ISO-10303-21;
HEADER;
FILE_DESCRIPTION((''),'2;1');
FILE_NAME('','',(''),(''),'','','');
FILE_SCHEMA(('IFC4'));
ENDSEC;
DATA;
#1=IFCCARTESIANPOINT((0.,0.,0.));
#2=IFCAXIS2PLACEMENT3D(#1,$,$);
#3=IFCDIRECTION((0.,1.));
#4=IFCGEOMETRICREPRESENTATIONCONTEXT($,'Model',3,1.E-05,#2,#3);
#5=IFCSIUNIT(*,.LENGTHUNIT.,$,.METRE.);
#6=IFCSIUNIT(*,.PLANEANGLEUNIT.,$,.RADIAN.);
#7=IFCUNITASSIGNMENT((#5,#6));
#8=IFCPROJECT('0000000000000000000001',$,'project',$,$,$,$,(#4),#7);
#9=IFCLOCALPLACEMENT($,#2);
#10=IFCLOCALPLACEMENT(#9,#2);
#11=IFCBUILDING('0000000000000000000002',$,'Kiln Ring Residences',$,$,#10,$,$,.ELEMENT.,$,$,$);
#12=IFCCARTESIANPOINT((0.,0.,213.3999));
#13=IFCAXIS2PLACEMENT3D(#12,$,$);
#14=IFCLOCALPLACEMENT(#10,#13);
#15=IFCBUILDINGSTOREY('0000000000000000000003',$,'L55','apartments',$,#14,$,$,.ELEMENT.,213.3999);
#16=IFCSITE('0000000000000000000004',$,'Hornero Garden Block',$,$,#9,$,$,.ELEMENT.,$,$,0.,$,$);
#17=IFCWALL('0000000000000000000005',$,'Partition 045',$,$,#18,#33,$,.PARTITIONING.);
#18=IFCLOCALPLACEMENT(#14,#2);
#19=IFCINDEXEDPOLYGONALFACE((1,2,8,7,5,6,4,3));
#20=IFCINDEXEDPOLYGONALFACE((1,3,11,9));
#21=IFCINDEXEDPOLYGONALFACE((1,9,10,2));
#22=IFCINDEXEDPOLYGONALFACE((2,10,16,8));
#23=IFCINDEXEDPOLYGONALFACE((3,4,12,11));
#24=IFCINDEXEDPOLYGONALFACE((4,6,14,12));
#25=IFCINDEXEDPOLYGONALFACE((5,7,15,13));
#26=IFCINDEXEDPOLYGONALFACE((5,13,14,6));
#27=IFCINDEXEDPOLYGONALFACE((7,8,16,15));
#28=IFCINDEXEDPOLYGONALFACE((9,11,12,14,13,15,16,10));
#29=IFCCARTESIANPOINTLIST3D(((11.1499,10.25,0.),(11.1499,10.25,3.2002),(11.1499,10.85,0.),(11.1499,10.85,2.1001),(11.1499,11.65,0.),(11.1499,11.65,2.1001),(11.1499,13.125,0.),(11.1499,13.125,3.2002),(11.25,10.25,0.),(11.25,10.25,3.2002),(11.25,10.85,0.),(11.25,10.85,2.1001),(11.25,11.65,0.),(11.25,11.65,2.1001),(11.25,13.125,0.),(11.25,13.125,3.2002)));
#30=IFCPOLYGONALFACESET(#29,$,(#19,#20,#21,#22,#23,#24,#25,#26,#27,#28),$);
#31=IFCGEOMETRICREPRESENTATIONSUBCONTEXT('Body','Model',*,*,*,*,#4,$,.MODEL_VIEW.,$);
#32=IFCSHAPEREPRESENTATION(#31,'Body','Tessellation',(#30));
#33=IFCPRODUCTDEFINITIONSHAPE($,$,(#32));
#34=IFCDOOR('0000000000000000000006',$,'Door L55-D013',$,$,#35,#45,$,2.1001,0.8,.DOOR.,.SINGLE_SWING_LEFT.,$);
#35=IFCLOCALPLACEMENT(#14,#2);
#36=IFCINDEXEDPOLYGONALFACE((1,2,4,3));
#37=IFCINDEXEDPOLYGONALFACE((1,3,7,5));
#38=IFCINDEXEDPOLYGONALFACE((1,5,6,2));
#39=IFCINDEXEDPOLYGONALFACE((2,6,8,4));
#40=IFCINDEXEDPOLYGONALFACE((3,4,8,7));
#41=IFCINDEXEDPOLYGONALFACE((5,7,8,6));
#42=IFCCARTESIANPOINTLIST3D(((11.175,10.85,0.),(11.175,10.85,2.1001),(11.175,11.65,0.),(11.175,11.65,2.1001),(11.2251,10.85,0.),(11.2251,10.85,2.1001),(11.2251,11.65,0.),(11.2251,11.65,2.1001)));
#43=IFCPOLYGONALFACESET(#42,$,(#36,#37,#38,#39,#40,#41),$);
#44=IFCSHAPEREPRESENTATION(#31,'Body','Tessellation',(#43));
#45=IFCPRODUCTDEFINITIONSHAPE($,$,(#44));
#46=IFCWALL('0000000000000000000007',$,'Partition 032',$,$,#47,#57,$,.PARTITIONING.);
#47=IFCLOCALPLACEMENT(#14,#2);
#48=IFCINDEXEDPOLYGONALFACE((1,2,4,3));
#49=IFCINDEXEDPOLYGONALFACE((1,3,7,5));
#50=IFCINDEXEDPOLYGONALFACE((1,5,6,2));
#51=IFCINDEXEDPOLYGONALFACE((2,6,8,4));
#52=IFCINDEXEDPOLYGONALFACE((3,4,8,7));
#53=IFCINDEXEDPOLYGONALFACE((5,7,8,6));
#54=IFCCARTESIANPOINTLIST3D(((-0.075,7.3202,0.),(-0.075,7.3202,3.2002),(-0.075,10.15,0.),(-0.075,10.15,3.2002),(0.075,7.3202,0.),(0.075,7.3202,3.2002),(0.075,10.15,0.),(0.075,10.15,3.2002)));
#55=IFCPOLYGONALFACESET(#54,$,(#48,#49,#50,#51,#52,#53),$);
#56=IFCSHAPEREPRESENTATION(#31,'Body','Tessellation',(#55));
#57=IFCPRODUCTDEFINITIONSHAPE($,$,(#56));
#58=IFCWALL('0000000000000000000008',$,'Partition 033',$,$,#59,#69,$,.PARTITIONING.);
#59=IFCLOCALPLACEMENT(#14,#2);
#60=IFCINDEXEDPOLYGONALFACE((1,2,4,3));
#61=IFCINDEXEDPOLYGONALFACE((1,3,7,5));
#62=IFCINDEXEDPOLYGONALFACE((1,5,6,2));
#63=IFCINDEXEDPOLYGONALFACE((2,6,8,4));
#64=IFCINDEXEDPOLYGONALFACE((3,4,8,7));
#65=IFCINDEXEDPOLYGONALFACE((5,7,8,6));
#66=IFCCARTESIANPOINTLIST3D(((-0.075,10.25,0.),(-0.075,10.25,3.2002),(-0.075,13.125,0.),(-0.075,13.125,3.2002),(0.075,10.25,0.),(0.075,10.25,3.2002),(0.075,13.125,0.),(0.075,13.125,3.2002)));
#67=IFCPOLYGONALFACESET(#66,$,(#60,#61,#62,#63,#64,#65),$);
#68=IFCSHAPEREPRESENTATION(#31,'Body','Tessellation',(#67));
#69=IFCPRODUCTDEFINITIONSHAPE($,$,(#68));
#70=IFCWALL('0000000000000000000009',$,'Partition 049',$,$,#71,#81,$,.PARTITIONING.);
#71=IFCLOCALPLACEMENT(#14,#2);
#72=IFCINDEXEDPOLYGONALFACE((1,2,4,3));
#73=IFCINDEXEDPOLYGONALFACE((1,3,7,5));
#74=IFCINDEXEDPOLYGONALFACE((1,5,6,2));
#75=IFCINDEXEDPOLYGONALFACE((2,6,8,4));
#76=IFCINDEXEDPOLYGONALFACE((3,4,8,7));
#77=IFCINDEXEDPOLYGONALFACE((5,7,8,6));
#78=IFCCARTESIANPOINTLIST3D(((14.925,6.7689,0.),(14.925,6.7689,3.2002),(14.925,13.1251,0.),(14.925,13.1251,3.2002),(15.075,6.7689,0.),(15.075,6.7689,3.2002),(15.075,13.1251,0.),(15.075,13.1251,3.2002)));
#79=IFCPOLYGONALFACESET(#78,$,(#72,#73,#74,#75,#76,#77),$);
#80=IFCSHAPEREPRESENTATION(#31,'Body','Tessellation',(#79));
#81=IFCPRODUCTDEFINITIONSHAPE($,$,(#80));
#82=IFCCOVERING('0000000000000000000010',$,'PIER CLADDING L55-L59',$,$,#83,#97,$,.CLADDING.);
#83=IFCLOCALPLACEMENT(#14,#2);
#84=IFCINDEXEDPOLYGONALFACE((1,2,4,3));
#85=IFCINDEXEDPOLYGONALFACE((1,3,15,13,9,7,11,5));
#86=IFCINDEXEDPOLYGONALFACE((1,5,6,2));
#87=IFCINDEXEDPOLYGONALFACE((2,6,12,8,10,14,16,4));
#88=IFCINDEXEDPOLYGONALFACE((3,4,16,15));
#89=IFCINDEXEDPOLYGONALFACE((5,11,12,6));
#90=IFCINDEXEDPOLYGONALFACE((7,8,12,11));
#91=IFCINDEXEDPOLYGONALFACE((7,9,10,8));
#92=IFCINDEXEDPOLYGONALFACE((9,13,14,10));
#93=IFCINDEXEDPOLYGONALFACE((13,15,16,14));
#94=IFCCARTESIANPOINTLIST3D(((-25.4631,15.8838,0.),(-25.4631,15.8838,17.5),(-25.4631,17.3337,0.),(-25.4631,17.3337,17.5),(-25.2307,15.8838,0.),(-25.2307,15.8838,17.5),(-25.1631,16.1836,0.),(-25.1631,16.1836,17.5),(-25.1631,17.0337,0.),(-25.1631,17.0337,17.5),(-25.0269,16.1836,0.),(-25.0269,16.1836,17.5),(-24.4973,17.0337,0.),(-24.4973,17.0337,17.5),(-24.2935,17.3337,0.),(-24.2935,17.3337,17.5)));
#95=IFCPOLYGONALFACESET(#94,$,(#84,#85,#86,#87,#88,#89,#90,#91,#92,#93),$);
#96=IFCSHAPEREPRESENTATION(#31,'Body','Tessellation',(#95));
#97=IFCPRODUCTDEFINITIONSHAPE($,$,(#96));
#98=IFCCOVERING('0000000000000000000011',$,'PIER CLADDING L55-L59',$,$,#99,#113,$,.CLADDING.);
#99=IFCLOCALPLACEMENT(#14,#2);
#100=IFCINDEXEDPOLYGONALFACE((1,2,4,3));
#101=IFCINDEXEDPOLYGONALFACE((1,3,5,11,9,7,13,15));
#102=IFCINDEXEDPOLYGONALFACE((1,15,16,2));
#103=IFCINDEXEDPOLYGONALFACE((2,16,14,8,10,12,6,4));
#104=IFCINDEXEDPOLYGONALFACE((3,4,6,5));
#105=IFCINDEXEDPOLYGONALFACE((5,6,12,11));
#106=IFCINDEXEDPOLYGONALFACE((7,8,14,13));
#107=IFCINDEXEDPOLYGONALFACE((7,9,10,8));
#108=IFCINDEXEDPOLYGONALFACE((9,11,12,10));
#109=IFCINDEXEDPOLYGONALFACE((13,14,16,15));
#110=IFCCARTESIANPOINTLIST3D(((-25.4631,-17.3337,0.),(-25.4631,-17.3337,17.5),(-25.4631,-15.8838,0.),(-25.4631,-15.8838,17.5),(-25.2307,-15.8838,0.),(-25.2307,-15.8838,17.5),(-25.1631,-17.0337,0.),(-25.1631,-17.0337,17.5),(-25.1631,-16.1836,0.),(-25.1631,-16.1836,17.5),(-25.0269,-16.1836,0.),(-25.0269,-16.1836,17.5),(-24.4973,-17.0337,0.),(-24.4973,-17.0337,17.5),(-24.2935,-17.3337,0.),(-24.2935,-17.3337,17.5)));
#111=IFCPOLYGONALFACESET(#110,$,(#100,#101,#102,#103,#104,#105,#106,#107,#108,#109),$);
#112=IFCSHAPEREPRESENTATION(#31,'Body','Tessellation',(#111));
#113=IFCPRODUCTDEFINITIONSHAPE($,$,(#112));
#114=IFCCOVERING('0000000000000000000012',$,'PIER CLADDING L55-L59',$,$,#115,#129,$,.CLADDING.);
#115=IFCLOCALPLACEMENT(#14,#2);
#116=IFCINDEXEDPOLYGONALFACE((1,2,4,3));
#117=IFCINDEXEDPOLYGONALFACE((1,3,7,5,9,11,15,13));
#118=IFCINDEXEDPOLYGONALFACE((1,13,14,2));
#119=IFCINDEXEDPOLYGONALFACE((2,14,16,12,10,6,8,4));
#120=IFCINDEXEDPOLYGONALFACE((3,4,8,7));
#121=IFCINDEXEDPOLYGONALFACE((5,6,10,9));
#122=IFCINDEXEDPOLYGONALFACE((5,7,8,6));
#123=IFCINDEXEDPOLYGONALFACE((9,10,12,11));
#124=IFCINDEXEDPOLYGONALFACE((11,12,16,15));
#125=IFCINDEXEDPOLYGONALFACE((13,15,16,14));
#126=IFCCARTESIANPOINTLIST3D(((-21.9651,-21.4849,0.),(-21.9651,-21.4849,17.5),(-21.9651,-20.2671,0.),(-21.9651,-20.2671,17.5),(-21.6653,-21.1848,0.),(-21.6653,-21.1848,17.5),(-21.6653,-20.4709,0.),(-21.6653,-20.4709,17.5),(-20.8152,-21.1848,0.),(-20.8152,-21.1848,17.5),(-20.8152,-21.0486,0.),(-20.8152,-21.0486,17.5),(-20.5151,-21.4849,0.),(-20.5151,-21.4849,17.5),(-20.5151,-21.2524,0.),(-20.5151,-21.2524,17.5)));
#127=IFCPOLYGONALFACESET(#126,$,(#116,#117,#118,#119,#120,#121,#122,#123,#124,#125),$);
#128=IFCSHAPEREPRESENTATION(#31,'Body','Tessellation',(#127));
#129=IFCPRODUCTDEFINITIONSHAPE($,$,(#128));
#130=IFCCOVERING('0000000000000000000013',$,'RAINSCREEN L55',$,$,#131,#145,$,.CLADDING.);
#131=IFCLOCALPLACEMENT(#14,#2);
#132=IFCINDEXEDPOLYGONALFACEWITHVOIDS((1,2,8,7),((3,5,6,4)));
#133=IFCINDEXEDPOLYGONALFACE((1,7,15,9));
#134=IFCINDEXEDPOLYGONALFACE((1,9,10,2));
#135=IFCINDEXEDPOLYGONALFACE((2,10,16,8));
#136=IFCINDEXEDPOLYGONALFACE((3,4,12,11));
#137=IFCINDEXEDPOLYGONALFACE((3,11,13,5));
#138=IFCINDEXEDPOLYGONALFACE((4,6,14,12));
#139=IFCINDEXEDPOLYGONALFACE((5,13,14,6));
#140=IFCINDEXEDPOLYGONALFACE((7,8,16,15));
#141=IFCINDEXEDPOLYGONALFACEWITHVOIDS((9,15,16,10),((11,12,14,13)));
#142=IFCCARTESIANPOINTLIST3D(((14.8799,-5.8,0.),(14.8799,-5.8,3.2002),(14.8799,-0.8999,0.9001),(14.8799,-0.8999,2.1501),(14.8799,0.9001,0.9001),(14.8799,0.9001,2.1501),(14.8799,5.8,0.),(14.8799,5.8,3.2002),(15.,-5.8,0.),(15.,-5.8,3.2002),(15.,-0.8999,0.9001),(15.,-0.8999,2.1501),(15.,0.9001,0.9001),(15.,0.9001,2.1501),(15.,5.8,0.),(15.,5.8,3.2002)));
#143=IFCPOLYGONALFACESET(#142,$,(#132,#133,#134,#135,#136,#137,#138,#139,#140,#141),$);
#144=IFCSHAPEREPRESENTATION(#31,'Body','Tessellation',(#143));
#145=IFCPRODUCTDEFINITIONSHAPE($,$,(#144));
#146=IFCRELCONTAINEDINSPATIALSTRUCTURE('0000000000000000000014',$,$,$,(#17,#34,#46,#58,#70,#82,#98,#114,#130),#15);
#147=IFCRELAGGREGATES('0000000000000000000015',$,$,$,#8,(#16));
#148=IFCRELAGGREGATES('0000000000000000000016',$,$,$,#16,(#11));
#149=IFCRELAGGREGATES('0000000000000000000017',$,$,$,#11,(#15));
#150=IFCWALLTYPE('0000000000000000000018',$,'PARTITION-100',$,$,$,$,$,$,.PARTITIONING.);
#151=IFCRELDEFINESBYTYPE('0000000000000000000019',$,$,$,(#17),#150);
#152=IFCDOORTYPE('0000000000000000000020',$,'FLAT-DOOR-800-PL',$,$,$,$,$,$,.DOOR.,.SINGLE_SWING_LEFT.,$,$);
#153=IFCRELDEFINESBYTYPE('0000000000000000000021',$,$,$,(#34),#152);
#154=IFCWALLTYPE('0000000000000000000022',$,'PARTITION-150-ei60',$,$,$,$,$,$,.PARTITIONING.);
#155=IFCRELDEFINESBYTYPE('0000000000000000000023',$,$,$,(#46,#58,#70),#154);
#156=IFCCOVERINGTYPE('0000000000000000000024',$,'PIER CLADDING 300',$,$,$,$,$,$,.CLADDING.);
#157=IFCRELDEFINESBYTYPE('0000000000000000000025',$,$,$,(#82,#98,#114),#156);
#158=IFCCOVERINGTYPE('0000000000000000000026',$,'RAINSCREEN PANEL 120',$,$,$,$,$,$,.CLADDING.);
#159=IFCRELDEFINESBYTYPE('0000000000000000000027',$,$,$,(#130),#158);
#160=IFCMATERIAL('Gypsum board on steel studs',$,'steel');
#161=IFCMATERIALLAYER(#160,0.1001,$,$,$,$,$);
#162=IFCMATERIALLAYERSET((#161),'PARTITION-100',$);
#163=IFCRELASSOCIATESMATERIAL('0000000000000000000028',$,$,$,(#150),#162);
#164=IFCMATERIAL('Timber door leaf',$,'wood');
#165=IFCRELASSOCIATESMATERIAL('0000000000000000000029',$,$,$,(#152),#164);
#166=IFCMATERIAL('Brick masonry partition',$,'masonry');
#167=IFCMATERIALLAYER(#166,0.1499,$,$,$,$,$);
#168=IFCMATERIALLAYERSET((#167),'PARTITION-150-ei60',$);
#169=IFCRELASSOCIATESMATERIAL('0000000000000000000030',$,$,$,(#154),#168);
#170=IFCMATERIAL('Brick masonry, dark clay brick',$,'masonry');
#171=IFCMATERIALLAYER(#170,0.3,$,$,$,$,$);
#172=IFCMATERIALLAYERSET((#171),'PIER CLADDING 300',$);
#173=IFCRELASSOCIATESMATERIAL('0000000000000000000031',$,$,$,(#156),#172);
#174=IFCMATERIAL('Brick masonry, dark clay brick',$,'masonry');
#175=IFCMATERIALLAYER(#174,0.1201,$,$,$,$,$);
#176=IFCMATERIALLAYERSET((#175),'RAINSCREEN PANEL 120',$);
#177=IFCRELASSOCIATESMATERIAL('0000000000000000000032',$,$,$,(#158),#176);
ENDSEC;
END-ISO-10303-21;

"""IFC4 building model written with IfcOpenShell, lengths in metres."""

from ifc_helpers import new_model, si_unit, direction, frame, frame_2d, origin, place, context, subcontext, project, spatial, polyline, rectangle, outline, extrude, material, layer, layer_set, type_object, element, fill, save


model = new_model("IFC4")

# Units and contexts
model_context = context("Model", 3, precision=1e-05, world=origin(), true_north=direction((0.0, 1.0)))
body_context = subcontext(model_context, "Body", "Model", "MODEL_VIEW")
ifc_project = project(units=[si_unit("LENGTHUNIT", "METRE"), si_unit("PLANEANGLEUNIT", "RADIAN")], contexts=[model_context])

# Site, building, storey
site_placement = place(None, origin())
site = spatial("IfcSite", under=ifc_project, at=site_placement, Name="Hornero Garden Block", CompositionType="ELEMENT", RefElevation=0.0)
building_placement = place(site_placement, origin())
building = spatial("IfcBuilding", under=site, at=building_placement, Name="Kiln Ring Residences", CompositionType="ELEMENT")
storey_placement = place(building_placement, frame((0.0, 0.0, 213.3999)))
storey = spatial("IfcBuildingStorey", under=building, at=storey_placement, Name="L55", Description="apartments", CompositionType="ELEMENT", Elevation=213.3999)

# Shared definitions
ifc_material_1 = material(Name="Gypsum board on steel studs", Category="steel")
ifc_layer_1 = layer(ifc_material_1, 0.1001)
ifc_layer_set_1 = layer_set([ifc_layer_1], Name="PARTITION-100")
wall_type_1 = type_object("IfcWallType", Name="PARTITION-100", PredefinedType="PARTITIONING", material=ifc_layer_set_1)

# Wall, opening, door
wall_1_placement = place(storey_placement, frame((11.2, 10.25, 0.0), z_axis=(0.0, 0.0, 1.0), x_axis=(0.0, 1.0, 0.0)))
wall_1 = element("IfcWall", 1, at=wall_1_placement, inside=storey, type_object=wall_type_1, Name="Partition 045", PredefinedType="PARTITIONING", context=body_context, shape_type="SweptSolid", body=[
    extrude(rectangle(XDim=2.875, YDim=0.1001, at=frame_2d((1.4375, 0.0))), origin(), (0.0, 0.0, 1.0), 3.2002),
])
opening_1_placement = place(wall_1_placement, frame((0.6001, 0.0, 0.0)))
opening_1 = element("IfcOpeningElement", 2, at=opening_1_placement, cuts=wall_1, PredefinedType="OPENING", context=body_context, shape_type="SweptSolid", body=[
    extrude(rectangle(XDim=0.8, YDim=2.1001, at=frame_2d((0.3999, 1.05))), frame((0.0, 0.0601, 0.0), z_axis=(0.0, -1.0, 0.0), x_axis=(1.0, 0.0, 0.0)), (0.0, 0.0, 1.0), 0.1201),
])
ifc_material_2 = material(Name="Timber door leaf", Category="wood")
door_type_1 = type_object("IfcDoorType", Name="FLAT-DOOR-800-PL", OperationType="SINGLE_SWING_LEFT", PredefinedType="DOOR", material=ifc_material_2)
door_1_placement = place(opening_1_placement, origin())
door_1 = element("IfcDoor", 3, at=door_1_placement, inside=storey, type_object=door_type_1, Name="Door L55-D013", OperationType="SINGLE_SWING_LEFT", OverallHeight=2.1001, OverallWidth=0.8, PredefinedType="DOOR", context=body_context, shape_type="SweptSolid", body=[
    extrude(rectangle(XDim=0.8, YDim=2.1001, at=frame_2d((0.3999, 1.05))), frame((0.0, 0.0249, 0.0), z_axis=(0.0, -1.0, 0.0), x_axis=(1.0, 0.0, 0.0)), (0.0, 0.0, 1.0), 0.05),
])
fill(opening_1, door_1)

# Walls
ifc_material_3 = material(Name="Brick masonry partition", Category="masonry")
ifc_layer_2 = layer(ifc_material_3, 0.1499)
ifc_layer_set_2 = layer_set([ifc_layer_2], Name="PARTITION-150-ei60")
wall_type_2 = type_object("IfcWallType", Name="PARTITION-150-ei60", PredefinedType="PARTITIONING", material=ifc_layer_set_2)
wall_2_placement = place(storey_placement, frame((0.0, 7.3201, 0.0), z_axis=(0.0, 0.0, 1.0), x_axis=(0.0, 1.0, 0.0)))
element("IfcWall", 4, at=wall_2_placement, inside=storey, type_object=wall_type_2, Name="Partition 032", PredefinedType="PARTITIONING", context=body_context, shape_type="SweptSolid", body=[
    extrude(rectangle(XDim=2.8298, YDim=0.1499, at=frame_2d((1.415, 0.0))), origin(), (0.0, 0.0, 1.0), 3.2002),
])
wall_3_placement = place(storey_placement, frame((0.0, 10.25, 0.0), z_axis=(0.0, 0.0, 1.0), x_axis=(0.0, 1.0, 0.0)))
element("IfcWall", 5, at=wall_3_placement, inside=storey, type_object=wall_type_2, Name="Partition 033", PredefinedType="PARTITIONING", context=body_context, shape_type="SweptSolid", body=[
    extrude(rectangle(XDim=2.875, YDim=0.1499, at=frame_2d((1.4375, 0.0))), origin(), (0.0, 0.0, 1.0), 3.2002),
])
wall_4_placement = place(storey_placement, frame((15.0, 6.7688, 0.0), z_axis=(0.0, 0.0, 1.0), x_axis=(0.0, 1.0, 0.0)))
element("IfcWall", 6, at=wall_4_placement, inside=storey, type_object=wall_type_2, Name="Partition 049", PredefinedType="PARTITIONING", context=body_context, shape_type="SweptSolid", body=[
    extrude(rectangle(XDim=6.3562, YDim=0.1499, at=frame_2d((3.1782, 0.0))), origin(), (0.0, 0.0, 1.0), 3.2002),
])

# Coverings
ifc_material_4 = material(Name="Brick masonry, dark clay brick", Category="masonry")
ifc_layer_3 = layer(ifc_material_4, 0.3)
ifc_layer_set_3 = layer_set([ifc_layer_3], Name="PIER CLADDING 300")
covering_type_1 = type_object("IfcCoveringType", Name="PIER CLADDING 300", PredefinedType="CLADDING", material=ifc_layer_set_3)
placement = place(storey_placement, origin())
element("IfcCovering", 7, at=placement, inside=storey, type_object=covering_type_1, Name="PIER CLADDING L55-L59", PredefinedType="CLADDING", context=body_context, shape_type="SweptSolid", body=[
    extrude(outline(polyline([(-24.2935, 17.3337), (-25.4631, 17.3337), (-25.4631, 15.8838), (-25.2307, 15.8838), (-25.0269, 16.1836), (-25.1631, 16.1836), (-25.1631, 17.0337), (-24.4973, 17.0337), (-24.2935, 17.3337)])), origin(), (0.0, 0.0, 1.0), 17.5),
])
element("IfcCovering", 8, at=placement, inside=storey, type_object=covering_type_1, Name="PIER CLADDING L55-L59", PredefinedType="CLADDING", context=body_context, shape_type="SweptSolid", body=[
    extrude(outline(polyline([(-25.2307, -15.8838), (-25.4631, -15.8838), (-25.4631, -17.3337), (-24.2935, -17.3337), (-24.4973, -17.0337), (-25.1631, -17.0337), (-25.1631, -16.1836), (-25.0269, -16.1836), (-25.2307, -15.8838)])), origin(), (0.0, 0.0, 1.0), 17.5),
])
element("IfcCovering", 9, at=placement, inside=storey, type_object=covering_type_1, Name="PIER CLADDING L55-L59", PredefinedType="CLADDING", context=body_context, shape_type="SweptSolid", body=[
    extrude(outline(polyline([(-21.6653, -20.4709), (-21.9651, -20.2671), (-21.9651, -21.4849), (-20.5151, -21.4849), (-20.5151, -21.2524), (-20.8152, -21.0486), (-20.8152, -21.1848), (-21.6653, -21.1848), (-21.6653, -20.4709)])), origin(), (0.0, 0.0, 1.0), 17.5),
])
ifc_material_5 = material(Name="Brick masonry, dark clay brick", Category="masonry")
ifc_layer_4 = layer(ifc_material_5, 0.1201)
ifc_layer_set_4 = layer_set([ifc_layer_4], Name="RAINSCREEN PANEL 120")
covering_type_2 = type_object("IfcCoveringType", Name="RAINSCREEN PANEL 120", PredefinedType="CLADDING", material=ifc_layer_set_4)
covering_1_placement = place(storey_placement, frame((14.9399, 5.8, 0.0), z_axis=(0.0, 0.0, 1.0), x_axis=(0.0, -1.0, 0.0)))
element("IfcCovering", 10, at=covering_1_placement, inside=storey, type_object=covering_type_2, Name="RAINSCREEN L55", PredefinedType="CLADDING", context=body_context, shape_type="SweptSolid", body=[
    extrude(outline(polyline([(0.0, 0.0), (11.6001, 0.0), (11.6001, 3.2002), (0.0, 3.2002), (0.0, 0.0)]), holes=[polyline([(4.8999, 2.1501), (4.8999, 0.9001), (6.7, 0.9001), (6.7, 2.1501), (4.8999, 2.1501)])]), frame((0.0, 0.0601, 0.0), z_axis=(0.0, -1.0, 0.0), x_axis=(1.0, 0.0, 0.0)), (0.0, 0.0, 1.0), 0.1201),
])

save(model, "model.ifc")
